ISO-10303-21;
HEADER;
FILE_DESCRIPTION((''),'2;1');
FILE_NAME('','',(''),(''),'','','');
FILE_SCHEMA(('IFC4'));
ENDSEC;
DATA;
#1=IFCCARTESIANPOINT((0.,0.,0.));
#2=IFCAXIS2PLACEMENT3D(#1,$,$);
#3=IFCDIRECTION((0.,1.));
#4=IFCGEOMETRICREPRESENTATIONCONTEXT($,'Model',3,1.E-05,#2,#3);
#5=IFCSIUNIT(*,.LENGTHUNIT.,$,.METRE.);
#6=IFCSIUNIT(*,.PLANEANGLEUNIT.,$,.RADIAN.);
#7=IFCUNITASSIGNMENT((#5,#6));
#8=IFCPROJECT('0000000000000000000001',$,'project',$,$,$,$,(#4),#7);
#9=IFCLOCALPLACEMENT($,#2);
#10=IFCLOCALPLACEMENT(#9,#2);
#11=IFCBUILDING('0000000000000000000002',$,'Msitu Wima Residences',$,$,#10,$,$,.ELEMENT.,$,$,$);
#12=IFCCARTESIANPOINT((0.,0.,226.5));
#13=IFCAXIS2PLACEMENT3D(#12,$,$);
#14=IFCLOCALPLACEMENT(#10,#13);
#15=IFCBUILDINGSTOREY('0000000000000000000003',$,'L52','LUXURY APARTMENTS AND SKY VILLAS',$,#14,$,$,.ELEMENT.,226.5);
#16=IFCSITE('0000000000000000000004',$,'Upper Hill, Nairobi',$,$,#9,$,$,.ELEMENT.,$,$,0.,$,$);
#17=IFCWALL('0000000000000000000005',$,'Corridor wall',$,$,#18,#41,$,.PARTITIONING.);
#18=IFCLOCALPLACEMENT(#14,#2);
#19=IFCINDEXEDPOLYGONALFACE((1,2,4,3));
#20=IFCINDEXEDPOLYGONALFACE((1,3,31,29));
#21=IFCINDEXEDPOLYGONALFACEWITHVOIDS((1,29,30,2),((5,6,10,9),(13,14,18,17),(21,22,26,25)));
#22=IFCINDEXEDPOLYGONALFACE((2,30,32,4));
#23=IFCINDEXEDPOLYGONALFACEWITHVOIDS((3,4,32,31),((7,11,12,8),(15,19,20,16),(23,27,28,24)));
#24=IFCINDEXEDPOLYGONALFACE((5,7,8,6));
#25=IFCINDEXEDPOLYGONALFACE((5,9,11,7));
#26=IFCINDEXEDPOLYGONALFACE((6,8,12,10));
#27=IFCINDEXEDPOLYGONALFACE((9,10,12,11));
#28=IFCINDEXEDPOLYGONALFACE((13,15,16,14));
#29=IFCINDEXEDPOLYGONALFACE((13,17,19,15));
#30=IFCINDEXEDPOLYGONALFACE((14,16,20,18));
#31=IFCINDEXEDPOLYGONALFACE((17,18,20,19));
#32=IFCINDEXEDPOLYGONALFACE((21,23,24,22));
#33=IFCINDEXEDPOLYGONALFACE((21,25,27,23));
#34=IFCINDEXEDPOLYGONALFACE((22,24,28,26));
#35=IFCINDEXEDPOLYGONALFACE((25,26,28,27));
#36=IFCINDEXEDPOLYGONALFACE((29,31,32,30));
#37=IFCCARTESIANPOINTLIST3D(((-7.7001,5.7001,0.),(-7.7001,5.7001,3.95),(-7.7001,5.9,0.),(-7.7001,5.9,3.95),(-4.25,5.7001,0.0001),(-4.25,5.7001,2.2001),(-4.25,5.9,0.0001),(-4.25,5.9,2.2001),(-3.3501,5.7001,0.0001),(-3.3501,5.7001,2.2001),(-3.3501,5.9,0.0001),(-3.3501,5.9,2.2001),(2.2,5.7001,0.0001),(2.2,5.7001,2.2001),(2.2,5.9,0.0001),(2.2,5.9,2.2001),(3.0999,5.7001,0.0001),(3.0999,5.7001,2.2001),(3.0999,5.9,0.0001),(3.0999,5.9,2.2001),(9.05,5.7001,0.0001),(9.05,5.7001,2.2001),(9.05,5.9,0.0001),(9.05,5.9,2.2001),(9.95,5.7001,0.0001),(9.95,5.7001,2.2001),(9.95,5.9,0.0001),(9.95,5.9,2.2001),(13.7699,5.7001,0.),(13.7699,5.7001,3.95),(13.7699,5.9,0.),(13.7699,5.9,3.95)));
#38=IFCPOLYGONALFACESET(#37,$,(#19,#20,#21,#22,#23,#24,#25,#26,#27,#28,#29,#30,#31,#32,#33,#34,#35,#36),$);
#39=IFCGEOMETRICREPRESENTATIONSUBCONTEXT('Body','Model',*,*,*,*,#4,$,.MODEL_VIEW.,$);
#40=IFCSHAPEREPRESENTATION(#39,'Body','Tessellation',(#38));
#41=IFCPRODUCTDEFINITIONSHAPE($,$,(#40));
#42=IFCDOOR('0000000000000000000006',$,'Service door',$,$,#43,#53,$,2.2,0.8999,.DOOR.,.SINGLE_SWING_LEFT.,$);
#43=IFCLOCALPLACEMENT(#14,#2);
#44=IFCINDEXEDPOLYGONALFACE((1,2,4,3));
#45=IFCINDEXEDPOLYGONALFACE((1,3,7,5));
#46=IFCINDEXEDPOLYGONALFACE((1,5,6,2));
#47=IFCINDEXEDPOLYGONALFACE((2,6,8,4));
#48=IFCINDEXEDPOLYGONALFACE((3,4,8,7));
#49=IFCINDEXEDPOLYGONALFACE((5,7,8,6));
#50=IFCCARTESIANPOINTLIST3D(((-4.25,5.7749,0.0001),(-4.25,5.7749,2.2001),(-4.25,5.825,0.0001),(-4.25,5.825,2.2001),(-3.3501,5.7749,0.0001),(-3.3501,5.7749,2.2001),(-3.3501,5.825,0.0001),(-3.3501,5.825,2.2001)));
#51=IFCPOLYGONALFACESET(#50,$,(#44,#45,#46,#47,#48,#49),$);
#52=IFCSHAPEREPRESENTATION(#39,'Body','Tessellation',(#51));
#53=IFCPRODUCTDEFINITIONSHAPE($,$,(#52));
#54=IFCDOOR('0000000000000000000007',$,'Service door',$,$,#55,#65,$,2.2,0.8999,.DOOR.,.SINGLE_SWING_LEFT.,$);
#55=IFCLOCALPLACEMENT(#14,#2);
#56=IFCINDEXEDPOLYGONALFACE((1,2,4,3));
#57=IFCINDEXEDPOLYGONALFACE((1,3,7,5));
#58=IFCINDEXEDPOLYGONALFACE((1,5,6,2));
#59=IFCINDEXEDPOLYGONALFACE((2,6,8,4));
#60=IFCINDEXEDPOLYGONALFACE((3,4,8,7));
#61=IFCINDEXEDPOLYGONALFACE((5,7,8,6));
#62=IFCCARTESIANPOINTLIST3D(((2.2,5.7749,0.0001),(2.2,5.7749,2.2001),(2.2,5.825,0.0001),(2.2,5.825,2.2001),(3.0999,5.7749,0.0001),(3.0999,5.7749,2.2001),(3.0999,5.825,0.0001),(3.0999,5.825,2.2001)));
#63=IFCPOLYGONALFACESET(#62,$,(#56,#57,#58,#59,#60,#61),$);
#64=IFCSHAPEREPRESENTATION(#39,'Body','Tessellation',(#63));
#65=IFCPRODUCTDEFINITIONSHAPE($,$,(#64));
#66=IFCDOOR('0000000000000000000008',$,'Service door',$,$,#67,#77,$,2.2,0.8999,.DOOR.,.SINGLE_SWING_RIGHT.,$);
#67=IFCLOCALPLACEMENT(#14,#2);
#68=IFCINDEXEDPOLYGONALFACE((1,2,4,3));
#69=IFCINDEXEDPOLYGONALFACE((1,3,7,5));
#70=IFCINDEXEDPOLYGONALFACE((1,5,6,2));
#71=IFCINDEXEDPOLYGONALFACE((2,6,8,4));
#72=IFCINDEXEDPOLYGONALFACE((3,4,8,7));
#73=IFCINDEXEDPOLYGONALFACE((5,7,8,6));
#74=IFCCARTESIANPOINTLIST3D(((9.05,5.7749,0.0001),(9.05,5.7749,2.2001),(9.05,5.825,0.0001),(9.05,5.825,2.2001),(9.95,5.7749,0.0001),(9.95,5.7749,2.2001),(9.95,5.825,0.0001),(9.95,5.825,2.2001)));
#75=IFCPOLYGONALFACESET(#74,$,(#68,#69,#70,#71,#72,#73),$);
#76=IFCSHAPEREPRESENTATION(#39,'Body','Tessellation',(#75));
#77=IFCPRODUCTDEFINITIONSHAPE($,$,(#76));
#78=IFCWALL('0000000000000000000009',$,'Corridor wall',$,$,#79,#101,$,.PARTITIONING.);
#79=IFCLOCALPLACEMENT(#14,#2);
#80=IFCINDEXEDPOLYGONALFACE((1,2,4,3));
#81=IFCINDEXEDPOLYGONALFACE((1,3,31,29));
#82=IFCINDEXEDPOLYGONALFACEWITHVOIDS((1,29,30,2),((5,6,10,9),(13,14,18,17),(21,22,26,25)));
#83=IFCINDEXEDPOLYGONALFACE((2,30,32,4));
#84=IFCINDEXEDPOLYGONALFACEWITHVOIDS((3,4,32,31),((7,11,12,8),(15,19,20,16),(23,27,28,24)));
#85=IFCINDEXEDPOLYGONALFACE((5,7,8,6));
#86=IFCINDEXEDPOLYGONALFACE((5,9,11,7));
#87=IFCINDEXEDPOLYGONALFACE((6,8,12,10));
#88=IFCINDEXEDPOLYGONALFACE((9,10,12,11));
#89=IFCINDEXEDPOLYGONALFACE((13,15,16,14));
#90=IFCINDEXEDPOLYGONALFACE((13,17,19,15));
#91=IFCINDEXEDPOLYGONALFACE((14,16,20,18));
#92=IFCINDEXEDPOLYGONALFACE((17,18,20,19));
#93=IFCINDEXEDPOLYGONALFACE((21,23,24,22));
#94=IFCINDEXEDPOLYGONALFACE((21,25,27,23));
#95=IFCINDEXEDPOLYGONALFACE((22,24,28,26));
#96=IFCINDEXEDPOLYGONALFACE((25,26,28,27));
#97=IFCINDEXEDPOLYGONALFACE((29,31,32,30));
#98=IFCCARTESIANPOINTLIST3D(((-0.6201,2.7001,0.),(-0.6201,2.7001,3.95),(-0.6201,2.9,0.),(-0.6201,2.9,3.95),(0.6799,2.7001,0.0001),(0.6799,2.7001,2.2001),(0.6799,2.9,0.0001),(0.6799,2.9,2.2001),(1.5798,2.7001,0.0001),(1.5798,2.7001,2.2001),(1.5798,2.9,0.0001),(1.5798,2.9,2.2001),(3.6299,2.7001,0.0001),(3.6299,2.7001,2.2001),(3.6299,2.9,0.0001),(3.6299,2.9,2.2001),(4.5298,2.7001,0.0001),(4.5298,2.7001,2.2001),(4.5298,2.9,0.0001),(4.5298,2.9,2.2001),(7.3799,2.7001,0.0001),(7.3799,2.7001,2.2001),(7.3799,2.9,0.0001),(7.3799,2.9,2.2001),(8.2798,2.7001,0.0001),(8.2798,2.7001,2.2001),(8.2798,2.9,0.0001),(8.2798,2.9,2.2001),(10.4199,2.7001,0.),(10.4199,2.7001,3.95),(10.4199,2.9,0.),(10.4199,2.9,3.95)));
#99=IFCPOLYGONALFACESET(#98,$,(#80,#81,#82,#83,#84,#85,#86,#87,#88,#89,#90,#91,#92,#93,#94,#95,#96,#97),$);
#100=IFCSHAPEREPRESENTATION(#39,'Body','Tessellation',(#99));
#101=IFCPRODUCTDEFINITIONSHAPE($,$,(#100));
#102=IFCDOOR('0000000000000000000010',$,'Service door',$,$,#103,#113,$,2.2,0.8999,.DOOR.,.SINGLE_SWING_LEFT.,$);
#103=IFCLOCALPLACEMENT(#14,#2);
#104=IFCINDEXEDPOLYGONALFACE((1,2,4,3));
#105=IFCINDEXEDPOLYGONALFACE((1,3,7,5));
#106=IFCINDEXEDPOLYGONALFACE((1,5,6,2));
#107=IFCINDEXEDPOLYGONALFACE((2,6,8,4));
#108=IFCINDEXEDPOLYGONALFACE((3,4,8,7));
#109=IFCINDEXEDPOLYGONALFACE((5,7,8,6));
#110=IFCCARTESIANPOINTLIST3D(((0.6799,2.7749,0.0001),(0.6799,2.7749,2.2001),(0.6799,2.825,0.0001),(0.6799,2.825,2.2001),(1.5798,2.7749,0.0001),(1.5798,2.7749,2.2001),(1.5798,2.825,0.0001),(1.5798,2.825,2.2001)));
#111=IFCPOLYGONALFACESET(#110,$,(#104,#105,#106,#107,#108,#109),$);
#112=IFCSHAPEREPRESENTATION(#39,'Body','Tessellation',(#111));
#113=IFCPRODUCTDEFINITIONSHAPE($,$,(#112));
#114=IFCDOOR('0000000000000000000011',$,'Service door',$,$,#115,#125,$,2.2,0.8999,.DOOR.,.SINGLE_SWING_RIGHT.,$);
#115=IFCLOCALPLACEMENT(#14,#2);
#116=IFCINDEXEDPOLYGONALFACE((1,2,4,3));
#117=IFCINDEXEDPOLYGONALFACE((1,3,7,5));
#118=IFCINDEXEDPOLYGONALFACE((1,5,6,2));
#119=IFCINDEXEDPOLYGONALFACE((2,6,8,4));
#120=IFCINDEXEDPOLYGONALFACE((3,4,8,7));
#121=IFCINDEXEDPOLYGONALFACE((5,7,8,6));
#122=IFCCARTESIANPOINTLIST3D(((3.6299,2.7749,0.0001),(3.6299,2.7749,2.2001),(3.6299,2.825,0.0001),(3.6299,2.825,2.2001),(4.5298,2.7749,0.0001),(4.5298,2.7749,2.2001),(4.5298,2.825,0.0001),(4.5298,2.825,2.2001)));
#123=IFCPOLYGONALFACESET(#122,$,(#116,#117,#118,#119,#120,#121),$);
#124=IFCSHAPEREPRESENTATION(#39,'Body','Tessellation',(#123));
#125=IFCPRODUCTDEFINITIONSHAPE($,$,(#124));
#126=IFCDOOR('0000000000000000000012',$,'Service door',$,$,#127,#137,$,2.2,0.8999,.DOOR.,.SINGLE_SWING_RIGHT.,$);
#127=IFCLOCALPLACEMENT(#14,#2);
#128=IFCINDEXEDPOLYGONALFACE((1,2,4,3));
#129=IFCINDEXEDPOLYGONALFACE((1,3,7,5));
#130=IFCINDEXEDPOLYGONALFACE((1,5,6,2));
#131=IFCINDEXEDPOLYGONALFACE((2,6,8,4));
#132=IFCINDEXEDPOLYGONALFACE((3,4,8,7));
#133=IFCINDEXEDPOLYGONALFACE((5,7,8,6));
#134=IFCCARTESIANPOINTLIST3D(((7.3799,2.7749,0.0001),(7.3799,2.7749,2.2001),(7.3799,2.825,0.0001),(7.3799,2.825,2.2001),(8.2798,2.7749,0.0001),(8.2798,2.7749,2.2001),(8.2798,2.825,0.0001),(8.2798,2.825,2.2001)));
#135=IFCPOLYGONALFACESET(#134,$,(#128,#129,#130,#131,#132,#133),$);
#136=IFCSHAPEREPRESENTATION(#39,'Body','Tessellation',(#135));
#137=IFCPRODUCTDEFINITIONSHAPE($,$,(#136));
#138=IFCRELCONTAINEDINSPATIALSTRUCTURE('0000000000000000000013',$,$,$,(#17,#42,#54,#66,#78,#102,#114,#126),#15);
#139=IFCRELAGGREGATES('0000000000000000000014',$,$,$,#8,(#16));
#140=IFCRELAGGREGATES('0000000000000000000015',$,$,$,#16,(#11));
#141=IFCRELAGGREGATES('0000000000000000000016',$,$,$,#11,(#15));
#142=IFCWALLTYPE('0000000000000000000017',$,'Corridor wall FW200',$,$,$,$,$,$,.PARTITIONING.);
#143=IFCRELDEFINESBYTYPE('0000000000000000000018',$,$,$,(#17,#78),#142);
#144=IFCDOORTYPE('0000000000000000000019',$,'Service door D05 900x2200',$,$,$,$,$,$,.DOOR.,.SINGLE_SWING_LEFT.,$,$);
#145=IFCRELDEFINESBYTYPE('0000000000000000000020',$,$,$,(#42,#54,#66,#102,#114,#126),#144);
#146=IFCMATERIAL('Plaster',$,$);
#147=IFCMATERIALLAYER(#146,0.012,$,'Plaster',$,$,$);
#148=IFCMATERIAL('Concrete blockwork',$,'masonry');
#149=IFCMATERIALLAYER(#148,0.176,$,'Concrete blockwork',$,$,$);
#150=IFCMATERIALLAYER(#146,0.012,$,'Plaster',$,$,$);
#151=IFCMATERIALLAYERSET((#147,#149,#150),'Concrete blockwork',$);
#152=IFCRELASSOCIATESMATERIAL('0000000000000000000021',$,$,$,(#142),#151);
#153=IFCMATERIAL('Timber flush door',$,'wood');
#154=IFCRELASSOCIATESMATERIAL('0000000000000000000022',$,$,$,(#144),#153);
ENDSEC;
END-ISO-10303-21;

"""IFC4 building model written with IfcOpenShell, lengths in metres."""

from ifc_helpers import new_model, si_unit, direction, frame, frame_2d, origin, place, context, subcontext, project, spatial, rectangle, extrude, material, layer, layer_set, type_object, element, fill, save


model = new_model("IFC4")

# Units and contexts
model_context = context("Model", 3, precision=1e-05, world=origin(), true_north=direction((0.0, 1.0)))
body_context = subcontext(model_context, "Body", "Model", "MODEL_VIEW")
ifc_project = project(units=[si_unit("LENGTHUNIT", "METRE"), si_unit("PLANEANGLEUNIT", "RADIAN")], contexts=[model_context])

# Site, building, storey
site_placement = place(None, origin())
site = spatial("IfcSite", under=ifc_project, at=site_placement, Name="Upper Hill, Nairobi", CompositionType="ELEMENT", RefElevation=0.0)
building_placement = place(site_placement, origin())
building = spatial("IfcBuilding", under=site, at=building_placement, Name="Msitu Wima Residences", CompositionType="ELEMENT")
storey_placement = place(building_placement, frame((0.0, 0.0, 226.5)))
storey = spatial("IfcBuildingStorey", under=building, at=storey_placement, Name="L52", Description="LUXURY APARTMENTS AND SKY VILLAS", CompositionType="ELEMENT", Elevation=226.5)

# Shared definitions
ifc_material_1 = material(Name="Plaster")
ifc_layer_1 = layer(ifc_material_1, 0.012, Name="Plaster")
ifc_material_2 = material(Name="Concrete blockwork", Category="masonry")
ifc_layer_2 = layer(ifc_material_2, 0.176, Name="Concrete blockwork")
ifc_layer_3 = layer(ifc_material_1, 0.012, Name="Plaster")
ifc_layer_set_1 = layer_set([ifc_layer_1, ifc_layer_2, ifc_layer_3], Name="Concrete blockwork")
wall_type_1 = type_object("IfcWallType", Name="Corridor wall FW200", PredefinedType="PARTITIONING", material=ifc_layer_set_1)
ifc_material_3 = material(Name="Timber flush door", Category="wood")
door_type_1 = type_object("IfcDoorType", Name="Service door D05 900x2200", OperationType="SINGLE_SWING_LEFT", PredefinedType="DOOR", material=ifc_material_3)

# Walls, openings, doors
wall_1_placement = place(storey_placement, frame((-7.7, 5.8, 0.0), z_axis=(0.0, 0.0, 1.0), x_axis=(1.0, 0.0, 0.0)))
wall_1 = element("IfcWall", 1, at=wall_1_placement, inside=storey, type_object=wall_type_1, Name="Corridor wall", PredefinedType="PARTITIONING", context=body_context, shape_type="SweptSolid", body=[
    extrude(rectangle(XDim=21.47, YDim=0.2, at=frame_2d((10.7349, 0.0))), origin(), (0.0, 0.0, 1.0), 3.95),
])
opening_1_placement = place(wall_1_placement, frame((3.45, 0.0, 0.0)))
opening_1 = element("IfcOpeningElement", 2, at=opening_1_placement, cuts=wall_1, PredefinedType="OPENING", context=body_context, shape_type="SweptSolid", body=[
    extrude(rectangle(XDim=0.8999, YDim=2.2, at=frame_2d((0.45, 1.1001))), frame((0.0, 0.1099, 0.0), z_axis=(0.0, -1.0, 0.0), x_axis=(1.0, 0.0, 0.0)), (0.0, 0.0, 1.0), 0.22),
])
opening_2_placement = place(wall_1_placement, frame((9.8999, 0.0, 0.0)))
opening_2 = element("IfcOpeningElement", 3, at=opening_2_placement, cuts=wall_1, PredefinedType="OPENING", context=body_context, shape_type="SweptSolid", body=[
    extrude(rectangle(XDim=0.8999, YDim=2.2, at=frame_2d((0.45, 1.1001))), frame((0.0, 0.1099, 0.0), z_axis=(0.0, -1.0, 0.0), x_axis=(1.0, 0.0, 0.0)), (0.0, 0.0, 1.0), 0.22),
])
opening_3_placement = place(wall_1_placement, frame((16.75, 0.0, 0.0)))
opening_3 = element("IfcOpeningElement", 4, at=opening_3_placement, cuts=wall_1, PredefinedType="OPENING", context=body_context, shape_type="SweptSolid", body=[
    extrude(rectangle(XDim=0.8999, YDim=2.2, at=frame_2d((0.45, 1.1001))), frame((0.0, 0.1099, 0.0), z_axis=(0.0, -1.0, 0.0), x_axis=(1.0, 0.0, 0.0)), (0.0, 0.0, 1.0), 0.22),
])
door_1_placement = place(opening_1_placement, origin())
door_1 = element("IfcDoor", 5, at=door_1_placement, inside=storey, type_object=door_type_1, Name="Service door", OperationType="SINGLE_SWING_LEFT", OverallHeight=2.2, OverallWidth=0.8999, PredefinedType="DOOR", context=body_context, shape_type="SweptSolid", body=[
    extrude(rectangle(XDim=0.8999, YDim=2.2, at=frame_2d((0.45, 1.1001))), frame((0.0, 0.0249, 0.0), z_axis=(0.0, -1.0, 0.0), x_axis=(1.0, 0.0, 0.0)), (0.0, 0.0, 1.0), 0.05),
])
fill(opening_1, door_1)
door_2_placement = place(opening_2_placement, origin())
door_2 = element("IfcDoor", 6, at=door_2_placement, inside=storey, type_object=door_type_1, Name="Service door", OperationType="SINGLE_SWING_LEFT", OverallHeight=2.2, OverallWidth=0.8999, PredefinedType="DOOR", context=body_context, shape_type="SweptSolid", body=[
    extrude(rectangle(XDim=0.8999, YDim=2.2, at=frame_2d((0.45, 1.1001))), frame((0.0, 0.0249, 0.0), z_axis=(0.0, -1.0, 0.0), x_axis=(1.0, 0.0, 0.0)), (0.0, 0.0, 1.0), 0.05),
])
fill(opening_2, door_2)
door_3_placement = place(opening_3_placement, origin())
door_3 = element("IfcDoor", 7, at=door_3_placement, inside=storey, type_object=door_type_1, Name="Service door", OperationType="SINGLE_SWING_RIGHT", OverallHeight=2.2, OverallWidth=0.8999, PredefinedType="DOOR", context=body_context, shape_type="SweptSolid", body=[
    extrude(rectangle(XDim=0.8999, YDim=2.2, at=frame_2d((0.45, 1.1001))), frame((0.0, 0.0249, 0.0), z_axis=(0.0, -1.0, 0.0), x_axis=(1.0, 0.0, 0.0)), (0.0, 0.0, 1.0), 0.05),
])
fill(opening_3, door_3)
wall_2_placement = place(storey_placement, frame((-0.6201, 2.8, 0.0), z_axis=(0.0, 0.0, 1.0), x_axis=(1.0, 0.0, 0.0)))
wall_2 = element("IfcWall", 8, at=wall_2_placement, inside=storey, type_object=wall_type_1, Name="Corridor wall", PredefinedType="PARTITIONING", context=body_context, shape_type="SweptSolid", body=[
    extrude(rectangle(XDim=11.04, YDim=0.2, at=frame_2d((5.52, 0.0))), origin(), (0.0, 0.0, 1.0), 3.95),
])
opening_4_placement = place(wall_2_placement, frame((1.3, 0.0, 0.0)))
opening_4 = element("IfcOpeningElement", 9, at=opening_4_placement, cuts=wall_2, PredefinedType="OPENING", context=body_context, shape_type="SweptSolid", body=[
    extrude(rectangle(XDim=0.8999, YDim=2.2, at=frame_2d((0.45, 1.1001))), frame((0.0, 0.1099, 0.0), z_axis=(0.0, -1.0, 0.0), x_axis=(1.0, 0.0, 0.0)), (0.0, 0.0, 1.0), 0.22),
])
opening_5_placement = place(wall_2_placement, frame((4.25, 0.0, 0.0)))
opening_5 = element("IfcOpeningElement", 10, at=opening_5_placement, cuts=wall_2, PredefinedType="OPENING", context=body_context, shape_type="SweptSolid", body=[
    extrude(rectangle(XDim=0.8999, YDim=2.2, at=frame_2d((0.45, 1.1001))), frame((0.0, 0.1099, 0.0), z_axis=(0.0, -1.0, 0.0), x_axis=(1.0, 0.0, 0.0)), (0.0, 0.0, 1.0), 0.22),
])
opening_6_placement = place(wall_2_placement, frame((8.0, 0.0, 0.0)))
opening_6 = element("IfcOpeningElement", 11, at=opening_6_placement, cuts=wall_2, PredefinedType="OPENING", context=body_context, shape_type="SweptSolid", body=[
    extrude(rectangle(XDim=0.8999, YDim=2.2, at=frame_2d((0.45, 1.1001))), frame((0.0, 0.1099, 0.0), z_axis=(0.0, -1.0, 0.0), x_axis=(1.0, 0.0, 0.0)), (0.0, 0.0, 1.0), 0.22),
])
door_4_placement = place(opening_4_placement, origin())
door_4 = element("IfcDoor", 12, at=door_4_placement, inside=storey, type_object=door_type_1, Name="Service door", OperationType="SINGLE_SWING_LEFT", OverallHeight=2.2, OverallWidth=0.8999, PredefinedType="DOOR", context=body_context, shape_type="SweptSolid", body=[
    extrude(rectangle(XDim=0.8999, YDim=2.2, at=frame_2d((0.45, 1.1001))), frame((0.0, 0.0249, 0.0), z_axis=(0.0, -1.0, 0.0), x_axis=(1.0, 0.0, 0.0)), (0.0, 0.0, 1.0), 0.05),
])
fill(opening_4, door_4)
door_5_placement = place(opening_5_placement, origin())
door_5 = element("IfcDoor", 13, at=door_5_placement, inside=storey, type_object=door_type_1, Name="Service door", OperationType="SINGLE_SWING_RIGHT", OverallHeight=2.2, OverallWidth=0.8999, PredefinedType="DOOR", context=body_context, shape_type="SweptSolid", body=[
    extrude(rectangle(XDim=0.8999, YDim=2.2, at=frame_2d((0.45, 1.1001))), frame((0.0, 0.0249, 0.0), z_axis=(0.0, -1.0, 0.0), x_axis=(1.0, 0.0, 0.0)), (0.0, 0.0, 1.0), 0.05),
])
fill(opening_5, door_5)
door_6_placement = place(opening_6_placement, origin())
door_6 = element("IfcDoor", 14, at=door_6_placement, inside=storey, type_object=door_type_1, Name="Service door", OperationType="SINGLE_SWING_RIGHT", OverallHeight=2.2, OverallWidth=0.8999, PredefinedType="DOOR", context=body_context, shape_type="SweptSolid", body=[
    extrude(rectangle(XDim=0.8999, YDim=2.2, at=frame_2d((0.45, 1.1001))), frame((0.0, 0.0249, 0.0), z_axis=(0.0, -1.0, 0.0), x_axis=(1.0, 0.0, 0.0)), (0.0, 0.0, 1.0), 0.05),
])
fill(opening_6, door_6)

save(model, "model.ifc")
